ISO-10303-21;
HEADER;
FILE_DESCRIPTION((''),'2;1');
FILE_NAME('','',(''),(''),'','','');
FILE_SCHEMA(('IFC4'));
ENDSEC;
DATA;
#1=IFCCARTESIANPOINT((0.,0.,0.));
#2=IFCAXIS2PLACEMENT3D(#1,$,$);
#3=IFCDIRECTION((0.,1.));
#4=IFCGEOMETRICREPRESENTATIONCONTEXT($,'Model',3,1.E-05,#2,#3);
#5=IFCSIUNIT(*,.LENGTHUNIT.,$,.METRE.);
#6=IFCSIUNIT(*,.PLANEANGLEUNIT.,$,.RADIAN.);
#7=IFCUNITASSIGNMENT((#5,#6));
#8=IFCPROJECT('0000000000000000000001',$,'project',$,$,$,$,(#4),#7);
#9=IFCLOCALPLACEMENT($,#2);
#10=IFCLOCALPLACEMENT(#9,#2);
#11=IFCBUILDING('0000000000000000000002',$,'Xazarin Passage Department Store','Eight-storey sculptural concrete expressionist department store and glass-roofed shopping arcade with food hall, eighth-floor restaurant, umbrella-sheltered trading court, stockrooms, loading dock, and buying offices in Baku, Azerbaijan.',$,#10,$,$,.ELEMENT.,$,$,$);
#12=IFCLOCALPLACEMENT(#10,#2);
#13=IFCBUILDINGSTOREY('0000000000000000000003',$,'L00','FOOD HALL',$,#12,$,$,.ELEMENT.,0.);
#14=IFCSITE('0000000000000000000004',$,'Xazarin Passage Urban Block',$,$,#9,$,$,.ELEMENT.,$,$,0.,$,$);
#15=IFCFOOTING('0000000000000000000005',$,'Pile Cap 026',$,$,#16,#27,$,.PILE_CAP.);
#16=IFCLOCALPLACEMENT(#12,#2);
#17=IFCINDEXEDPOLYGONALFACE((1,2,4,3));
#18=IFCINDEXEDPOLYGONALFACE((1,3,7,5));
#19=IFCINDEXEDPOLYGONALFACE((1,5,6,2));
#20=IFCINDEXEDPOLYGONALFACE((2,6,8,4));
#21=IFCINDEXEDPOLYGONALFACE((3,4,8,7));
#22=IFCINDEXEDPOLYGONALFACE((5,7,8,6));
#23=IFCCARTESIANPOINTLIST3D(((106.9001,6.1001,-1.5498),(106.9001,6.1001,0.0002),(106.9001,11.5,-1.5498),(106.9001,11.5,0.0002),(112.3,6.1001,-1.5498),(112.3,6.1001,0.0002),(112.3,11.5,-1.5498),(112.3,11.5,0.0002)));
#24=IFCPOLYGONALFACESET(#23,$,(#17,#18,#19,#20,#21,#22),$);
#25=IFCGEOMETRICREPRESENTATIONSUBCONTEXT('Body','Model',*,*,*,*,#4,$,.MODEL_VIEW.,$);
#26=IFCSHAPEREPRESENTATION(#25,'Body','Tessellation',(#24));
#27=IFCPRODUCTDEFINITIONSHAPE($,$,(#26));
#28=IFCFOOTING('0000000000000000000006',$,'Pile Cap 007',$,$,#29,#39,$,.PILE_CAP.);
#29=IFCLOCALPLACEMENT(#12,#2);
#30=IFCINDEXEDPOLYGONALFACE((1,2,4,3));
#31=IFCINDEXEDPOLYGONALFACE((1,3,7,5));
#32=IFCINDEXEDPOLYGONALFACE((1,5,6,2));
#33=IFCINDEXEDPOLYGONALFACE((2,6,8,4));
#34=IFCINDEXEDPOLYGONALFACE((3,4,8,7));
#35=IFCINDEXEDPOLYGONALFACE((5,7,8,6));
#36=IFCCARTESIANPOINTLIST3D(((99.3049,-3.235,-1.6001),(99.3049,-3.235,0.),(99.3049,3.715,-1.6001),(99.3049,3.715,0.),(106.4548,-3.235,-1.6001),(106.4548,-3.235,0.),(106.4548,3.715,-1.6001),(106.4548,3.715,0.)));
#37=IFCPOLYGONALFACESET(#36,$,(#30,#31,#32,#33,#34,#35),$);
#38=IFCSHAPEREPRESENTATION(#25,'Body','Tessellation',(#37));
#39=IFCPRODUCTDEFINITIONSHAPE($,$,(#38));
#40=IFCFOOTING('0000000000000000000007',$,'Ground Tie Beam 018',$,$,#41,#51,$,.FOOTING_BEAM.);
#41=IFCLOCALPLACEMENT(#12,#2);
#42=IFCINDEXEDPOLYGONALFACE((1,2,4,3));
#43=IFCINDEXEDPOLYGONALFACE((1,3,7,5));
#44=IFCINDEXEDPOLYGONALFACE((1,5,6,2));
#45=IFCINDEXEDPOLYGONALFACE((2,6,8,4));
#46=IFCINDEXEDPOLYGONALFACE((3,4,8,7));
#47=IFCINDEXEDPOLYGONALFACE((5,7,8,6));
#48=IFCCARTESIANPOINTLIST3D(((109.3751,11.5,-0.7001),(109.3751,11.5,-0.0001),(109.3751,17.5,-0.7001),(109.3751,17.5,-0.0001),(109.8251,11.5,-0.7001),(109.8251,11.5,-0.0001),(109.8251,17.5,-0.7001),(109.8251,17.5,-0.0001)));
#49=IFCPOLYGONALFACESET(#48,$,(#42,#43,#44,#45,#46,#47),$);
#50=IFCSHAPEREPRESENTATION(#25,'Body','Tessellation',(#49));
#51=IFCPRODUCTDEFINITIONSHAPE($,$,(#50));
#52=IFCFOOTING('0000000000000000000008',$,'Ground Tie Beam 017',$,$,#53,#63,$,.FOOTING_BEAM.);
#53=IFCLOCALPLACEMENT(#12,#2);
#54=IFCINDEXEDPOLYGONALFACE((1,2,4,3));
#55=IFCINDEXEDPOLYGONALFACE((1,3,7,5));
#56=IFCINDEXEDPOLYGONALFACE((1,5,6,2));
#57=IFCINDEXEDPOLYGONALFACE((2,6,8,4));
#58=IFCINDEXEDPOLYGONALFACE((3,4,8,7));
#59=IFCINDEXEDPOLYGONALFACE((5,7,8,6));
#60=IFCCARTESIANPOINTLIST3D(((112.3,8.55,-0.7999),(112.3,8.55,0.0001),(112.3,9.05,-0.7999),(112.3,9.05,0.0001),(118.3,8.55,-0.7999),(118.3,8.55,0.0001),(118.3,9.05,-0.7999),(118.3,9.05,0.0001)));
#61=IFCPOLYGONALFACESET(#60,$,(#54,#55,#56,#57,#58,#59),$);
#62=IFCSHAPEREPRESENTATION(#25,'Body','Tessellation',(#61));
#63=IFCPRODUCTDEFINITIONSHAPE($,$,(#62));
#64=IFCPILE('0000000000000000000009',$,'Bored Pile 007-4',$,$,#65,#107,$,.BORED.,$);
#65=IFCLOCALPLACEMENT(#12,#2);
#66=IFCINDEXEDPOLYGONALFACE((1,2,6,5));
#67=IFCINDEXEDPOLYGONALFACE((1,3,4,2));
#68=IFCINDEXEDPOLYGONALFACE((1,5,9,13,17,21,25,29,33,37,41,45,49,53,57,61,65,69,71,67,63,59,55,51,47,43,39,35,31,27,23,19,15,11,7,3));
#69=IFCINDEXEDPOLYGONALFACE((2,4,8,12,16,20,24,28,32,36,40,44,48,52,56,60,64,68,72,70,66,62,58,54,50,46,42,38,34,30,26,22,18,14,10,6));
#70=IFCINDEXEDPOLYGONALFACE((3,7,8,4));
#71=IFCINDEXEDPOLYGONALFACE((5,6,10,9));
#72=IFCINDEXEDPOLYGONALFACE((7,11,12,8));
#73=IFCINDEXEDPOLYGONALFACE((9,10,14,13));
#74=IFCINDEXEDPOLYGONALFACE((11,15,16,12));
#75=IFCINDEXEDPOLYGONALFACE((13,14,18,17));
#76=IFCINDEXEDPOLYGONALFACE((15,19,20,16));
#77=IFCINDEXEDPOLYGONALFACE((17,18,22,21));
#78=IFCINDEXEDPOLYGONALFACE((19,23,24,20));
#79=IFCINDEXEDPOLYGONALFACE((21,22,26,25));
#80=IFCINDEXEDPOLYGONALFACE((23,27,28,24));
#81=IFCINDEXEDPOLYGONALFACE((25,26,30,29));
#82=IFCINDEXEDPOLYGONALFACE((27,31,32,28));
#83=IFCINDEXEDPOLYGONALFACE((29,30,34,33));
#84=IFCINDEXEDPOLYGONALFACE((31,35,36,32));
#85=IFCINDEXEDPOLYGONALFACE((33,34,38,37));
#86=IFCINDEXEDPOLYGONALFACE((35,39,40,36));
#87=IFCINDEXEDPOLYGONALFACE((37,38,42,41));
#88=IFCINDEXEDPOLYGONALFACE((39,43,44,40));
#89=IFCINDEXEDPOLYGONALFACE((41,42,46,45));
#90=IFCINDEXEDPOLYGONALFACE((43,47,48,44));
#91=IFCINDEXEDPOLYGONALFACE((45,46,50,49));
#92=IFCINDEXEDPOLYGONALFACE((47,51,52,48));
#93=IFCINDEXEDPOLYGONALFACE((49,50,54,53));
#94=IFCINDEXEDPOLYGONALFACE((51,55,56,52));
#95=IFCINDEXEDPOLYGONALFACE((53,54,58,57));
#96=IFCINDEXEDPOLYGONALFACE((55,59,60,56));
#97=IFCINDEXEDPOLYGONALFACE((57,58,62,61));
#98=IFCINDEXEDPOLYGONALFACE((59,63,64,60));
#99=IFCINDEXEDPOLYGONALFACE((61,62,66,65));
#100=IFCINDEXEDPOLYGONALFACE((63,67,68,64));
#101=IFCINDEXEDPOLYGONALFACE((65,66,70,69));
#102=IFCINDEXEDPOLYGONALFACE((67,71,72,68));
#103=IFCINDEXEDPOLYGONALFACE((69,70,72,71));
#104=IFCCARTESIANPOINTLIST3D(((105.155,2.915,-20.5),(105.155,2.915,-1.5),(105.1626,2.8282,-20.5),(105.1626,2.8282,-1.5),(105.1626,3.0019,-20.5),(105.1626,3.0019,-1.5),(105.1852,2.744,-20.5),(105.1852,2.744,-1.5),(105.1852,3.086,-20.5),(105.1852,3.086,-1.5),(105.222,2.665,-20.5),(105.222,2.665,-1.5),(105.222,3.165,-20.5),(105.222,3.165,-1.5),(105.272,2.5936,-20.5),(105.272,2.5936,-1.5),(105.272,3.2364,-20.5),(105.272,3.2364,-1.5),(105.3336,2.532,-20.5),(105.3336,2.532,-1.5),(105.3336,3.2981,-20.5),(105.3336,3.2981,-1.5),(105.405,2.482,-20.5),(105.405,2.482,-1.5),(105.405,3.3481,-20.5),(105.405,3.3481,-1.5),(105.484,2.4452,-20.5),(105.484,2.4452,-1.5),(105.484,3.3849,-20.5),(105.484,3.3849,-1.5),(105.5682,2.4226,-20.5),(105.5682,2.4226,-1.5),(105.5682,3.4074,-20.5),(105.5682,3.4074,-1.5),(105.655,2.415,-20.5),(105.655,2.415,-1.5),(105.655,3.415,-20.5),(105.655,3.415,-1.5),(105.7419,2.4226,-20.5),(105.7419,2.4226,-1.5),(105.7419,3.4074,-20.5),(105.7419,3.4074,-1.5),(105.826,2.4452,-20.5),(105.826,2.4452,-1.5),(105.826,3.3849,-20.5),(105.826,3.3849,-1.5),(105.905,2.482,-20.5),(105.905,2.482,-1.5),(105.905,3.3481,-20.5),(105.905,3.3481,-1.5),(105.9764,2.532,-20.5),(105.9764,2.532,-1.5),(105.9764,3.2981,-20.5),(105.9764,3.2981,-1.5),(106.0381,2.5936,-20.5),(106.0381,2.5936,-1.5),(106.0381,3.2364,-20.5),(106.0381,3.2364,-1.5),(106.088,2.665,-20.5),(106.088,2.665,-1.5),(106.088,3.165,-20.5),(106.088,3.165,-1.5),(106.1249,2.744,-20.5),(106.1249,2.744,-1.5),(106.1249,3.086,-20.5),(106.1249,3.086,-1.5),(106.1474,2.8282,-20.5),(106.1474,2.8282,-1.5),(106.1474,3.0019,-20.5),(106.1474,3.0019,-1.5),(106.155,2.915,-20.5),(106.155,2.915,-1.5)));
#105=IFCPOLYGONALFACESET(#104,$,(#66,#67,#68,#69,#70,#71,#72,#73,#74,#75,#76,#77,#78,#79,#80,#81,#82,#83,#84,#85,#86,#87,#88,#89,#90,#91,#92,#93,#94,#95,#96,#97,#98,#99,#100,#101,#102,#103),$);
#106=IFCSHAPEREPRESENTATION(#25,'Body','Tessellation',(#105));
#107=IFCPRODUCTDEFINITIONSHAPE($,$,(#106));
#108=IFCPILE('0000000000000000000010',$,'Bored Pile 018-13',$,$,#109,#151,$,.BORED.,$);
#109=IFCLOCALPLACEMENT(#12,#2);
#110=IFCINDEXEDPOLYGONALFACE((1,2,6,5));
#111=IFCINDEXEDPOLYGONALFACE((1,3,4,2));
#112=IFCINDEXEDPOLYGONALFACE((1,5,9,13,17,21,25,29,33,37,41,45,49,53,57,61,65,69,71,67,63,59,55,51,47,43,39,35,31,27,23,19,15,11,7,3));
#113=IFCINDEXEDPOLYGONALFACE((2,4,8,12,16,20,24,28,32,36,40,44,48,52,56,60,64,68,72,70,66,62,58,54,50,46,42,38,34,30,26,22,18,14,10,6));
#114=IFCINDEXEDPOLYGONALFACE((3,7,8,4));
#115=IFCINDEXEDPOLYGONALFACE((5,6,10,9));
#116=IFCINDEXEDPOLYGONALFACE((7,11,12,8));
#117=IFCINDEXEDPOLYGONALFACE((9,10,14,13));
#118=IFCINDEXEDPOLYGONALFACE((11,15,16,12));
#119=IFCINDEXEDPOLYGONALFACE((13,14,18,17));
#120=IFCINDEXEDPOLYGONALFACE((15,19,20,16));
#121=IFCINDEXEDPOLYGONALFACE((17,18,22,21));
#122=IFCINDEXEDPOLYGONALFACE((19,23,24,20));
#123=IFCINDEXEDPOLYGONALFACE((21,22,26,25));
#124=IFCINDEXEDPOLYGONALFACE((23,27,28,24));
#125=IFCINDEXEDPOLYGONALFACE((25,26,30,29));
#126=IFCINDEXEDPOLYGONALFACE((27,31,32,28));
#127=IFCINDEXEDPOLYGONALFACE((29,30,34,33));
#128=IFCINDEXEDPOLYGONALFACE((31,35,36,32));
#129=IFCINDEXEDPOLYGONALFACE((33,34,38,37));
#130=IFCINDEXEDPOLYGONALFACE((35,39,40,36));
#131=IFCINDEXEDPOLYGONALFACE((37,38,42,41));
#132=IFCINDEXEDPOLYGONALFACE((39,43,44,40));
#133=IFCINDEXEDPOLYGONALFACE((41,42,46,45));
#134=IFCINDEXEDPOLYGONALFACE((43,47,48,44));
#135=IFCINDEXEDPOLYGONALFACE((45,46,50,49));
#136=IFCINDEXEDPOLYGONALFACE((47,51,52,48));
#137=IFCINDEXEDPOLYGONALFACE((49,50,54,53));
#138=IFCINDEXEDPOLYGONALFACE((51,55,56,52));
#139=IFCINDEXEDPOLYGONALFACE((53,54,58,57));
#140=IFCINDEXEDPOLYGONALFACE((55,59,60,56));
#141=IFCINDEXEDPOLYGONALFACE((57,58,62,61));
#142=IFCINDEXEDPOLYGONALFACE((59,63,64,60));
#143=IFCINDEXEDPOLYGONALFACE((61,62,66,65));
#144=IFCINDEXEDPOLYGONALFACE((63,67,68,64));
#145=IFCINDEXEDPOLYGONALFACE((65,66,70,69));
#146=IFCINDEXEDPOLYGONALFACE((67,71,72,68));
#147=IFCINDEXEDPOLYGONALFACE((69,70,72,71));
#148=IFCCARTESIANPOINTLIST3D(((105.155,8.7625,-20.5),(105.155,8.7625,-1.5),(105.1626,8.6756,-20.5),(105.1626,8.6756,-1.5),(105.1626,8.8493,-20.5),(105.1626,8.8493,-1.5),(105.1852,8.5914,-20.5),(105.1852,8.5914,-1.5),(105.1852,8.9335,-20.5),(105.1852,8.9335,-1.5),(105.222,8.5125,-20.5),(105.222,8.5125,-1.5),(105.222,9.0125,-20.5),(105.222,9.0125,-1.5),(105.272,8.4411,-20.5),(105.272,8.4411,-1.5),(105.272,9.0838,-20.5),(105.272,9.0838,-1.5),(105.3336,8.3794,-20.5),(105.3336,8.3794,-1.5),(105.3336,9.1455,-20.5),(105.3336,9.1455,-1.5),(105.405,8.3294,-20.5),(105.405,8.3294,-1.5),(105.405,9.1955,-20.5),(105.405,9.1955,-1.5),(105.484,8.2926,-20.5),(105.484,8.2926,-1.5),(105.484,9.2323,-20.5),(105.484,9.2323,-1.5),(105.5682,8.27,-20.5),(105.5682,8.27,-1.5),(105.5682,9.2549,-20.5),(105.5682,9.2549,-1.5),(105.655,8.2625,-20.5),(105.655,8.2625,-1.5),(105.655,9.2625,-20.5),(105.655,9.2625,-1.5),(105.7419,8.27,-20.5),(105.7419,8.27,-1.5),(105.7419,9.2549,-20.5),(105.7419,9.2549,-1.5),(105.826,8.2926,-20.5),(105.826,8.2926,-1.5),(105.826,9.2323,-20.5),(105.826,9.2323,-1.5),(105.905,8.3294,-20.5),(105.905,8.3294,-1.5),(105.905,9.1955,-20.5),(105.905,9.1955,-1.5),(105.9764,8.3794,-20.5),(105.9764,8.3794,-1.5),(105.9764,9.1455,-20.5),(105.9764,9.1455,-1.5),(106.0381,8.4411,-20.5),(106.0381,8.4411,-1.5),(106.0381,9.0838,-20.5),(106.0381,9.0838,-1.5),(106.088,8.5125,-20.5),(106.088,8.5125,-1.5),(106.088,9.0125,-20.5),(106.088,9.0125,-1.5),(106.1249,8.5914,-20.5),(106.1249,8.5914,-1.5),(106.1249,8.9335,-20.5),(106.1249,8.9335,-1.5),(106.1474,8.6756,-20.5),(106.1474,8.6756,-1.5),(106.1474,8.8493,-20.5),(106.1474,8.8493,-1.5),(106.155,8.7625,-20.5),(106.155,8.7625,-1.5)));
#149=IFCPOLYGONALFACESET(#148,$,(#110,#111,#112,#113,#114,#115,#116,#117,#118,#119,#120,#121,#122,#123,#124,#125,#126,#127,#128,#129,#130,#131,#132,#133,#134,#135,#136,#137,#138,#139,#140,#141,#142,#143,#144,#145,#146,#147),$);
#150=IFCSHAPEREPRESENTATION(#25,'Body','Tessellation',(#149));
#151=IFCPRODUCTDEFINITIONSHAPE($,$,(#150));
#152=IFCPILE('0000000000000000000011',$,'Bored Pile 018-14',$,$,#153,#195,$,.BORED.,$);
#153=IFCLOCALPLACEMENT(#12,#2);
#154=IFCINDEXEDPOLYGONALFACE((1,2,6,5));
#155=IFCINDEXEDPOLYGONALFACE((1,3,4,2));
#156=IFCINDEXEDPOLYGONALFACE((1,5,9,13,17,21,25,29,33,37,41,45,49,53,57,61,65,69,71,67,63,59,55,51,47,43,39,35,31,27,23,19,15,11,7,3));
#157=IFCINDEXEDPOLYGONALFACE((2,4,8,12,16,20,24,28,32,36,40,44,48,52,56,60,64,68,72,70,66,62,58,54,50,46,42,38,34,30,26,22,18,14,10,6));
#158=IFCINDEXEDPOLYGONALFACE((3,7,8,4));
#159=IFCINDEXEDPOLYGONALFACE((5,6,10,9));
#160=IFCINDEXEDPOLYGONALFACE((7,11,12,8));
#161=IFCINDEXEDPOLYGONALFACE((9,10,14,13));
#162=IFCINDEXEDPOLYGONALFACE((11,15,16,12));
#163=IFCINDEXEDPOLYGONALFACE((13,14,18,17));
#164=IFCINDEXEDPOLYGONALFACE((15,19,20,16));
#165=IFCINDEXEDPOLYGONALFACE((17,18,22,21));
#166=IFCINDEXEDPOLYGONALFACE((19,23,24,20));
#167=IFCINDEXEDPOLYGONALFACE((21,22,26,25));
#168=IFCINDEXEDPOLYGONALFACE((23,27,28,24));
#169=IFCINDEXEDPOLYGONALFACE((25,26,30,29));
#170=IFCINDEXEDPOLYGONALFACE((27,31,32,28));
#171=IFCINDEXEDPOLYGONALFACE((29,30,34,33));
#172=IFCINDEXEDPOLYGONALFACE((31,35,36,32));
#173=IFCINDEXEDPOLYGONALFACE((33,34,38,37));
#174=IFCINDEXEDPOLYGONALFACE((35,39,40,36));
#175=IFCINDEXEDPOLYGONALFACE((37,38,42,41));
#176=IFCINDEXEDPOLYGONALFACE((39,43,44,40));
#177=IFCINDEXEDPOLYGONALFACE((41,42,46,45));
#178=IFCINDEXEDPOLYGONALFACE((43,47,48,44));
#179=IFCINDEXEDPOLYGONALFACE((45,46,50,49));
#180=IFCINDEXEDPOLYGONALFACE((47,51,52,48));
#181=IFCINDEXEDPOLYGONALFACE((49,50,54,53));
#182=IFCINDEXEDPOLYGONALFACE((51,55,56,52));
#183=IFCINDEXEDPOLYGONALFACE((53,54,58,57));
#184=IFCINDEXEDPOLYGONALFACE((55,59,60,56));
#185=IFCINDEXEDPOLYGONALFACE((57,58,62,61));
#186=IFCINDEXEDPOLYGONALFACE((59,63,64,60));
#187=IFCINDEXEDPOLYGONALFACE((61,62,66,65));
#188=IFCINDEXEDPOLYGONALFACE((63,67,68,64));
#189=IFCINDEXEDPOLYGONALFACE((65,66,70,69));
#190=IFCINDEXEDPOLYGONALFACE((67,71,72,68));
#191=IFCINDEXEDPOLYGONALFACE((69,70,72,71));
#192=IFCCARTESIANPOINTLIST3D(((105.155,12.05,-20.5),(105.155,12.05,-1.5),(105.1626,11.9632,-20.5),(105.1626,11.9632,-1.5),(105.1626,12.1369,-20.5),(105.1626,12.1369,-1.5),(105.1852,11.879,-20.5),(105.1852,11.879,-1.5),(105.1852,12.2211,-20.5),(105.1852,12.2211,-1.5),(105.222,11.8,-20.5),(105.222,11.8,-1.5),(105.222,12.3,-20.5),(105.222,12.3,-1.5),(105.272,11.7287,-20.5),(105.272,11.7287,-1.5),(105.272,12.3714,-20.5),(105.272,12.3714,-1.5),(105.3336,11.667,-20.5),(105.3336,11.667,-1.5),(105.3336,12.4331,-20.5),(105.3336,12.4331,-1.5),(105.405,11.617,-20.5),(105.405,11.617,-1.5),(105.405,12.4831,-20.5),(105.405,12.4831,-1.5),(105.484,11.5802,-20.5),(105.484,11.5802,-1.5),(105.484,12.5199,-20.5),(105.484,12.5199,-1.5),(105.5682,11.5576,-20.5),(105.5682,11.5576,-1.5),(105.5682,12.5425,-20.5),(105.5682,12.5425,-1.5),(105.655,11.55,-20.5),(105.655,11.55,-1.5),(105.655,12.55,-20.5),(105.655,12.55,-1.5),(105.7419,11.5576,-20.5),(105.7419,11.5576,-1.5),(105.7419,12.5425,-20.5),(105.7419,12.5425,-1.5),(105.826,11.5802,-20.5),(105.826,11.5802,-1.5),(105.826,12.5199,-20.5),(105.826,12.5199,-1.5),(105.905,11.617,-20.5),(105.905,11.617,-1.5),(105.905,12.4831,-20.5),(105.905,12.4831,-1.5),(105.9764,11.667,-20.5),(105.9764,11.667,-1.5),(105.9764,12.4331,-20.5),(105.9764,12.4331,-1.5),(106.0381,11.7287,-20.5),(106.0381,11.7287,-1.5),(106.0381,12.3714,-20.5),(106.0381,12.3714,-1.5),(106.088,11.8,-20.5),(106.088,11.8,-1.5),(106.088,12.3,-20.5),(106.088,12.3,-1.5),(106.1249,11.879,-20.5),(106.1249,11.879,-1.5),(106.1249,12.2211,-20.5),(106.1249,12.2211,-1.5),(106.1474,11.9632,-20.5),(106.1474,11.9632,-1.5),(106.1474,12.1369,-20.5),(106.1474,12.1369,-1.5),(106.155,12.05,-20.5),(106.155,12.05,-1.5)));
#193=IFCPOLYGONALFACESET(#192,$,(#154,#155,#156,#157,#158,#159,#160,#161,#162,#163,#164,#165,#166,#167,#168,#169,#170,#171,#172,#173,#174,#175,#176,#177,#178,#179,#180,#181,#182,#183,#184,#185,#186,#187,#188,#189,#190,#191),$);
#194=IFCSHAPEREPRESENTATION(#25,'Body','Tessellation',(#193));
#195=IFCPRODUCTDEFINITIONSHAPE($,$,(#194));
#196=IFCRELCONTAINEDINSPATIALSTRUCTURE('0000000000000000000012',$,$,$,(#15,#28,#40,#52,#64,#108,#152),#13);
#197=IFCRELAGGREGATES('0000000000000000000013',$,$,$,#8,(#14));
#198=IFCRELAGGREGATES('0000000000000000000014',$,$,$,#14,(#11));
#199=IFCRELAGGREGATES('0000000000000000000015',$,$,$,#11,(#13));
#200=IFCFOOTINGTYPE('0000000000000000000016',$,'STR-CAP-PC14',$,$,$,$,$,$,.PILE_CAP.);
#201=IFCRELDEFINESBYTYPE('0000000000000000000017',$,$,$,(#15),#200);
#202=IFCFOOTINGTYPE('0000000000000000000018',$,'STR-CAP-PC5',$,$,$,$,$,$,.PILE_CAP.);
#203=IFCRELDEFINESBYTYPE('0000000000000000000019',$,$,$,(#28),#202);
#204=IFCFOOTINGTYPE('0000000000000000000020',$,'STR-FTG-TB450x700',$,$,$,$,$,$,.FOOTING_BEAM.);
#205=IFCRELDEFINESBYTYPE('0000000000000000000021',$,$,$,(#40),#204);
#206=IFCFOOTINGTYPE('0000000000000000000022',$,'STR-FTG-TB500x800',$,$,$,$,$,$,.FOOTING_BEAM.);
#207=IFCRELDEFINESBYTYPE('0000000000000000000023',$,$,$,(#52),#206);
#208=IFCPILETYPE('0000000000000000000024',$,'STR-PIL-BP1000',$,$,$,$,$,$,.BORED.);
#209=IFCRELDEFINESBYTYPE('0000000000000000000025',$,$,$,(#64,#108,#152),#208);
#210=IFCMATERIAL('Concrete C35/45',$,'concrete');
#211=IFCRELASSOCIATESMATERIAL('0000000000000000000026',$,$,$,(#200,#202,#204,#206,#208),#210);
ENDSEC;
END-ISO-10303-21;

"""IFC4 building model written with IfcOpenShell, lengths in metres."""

from ifc_helpers import new_model, si_unit, direction, frame, origin, origin_2d, place, context, subcontext, project, spatial, rectangle, circle, extrude, material, material_profile, profile_set, type_object, element, save


model = new_model("IFC4")

# Units and contexts
model_context = context("Model", 3, precision=1e-05, world=origin(), true_north=direction((0.0, 1.0)))
body_context = subcontext(model_context, "Body", "Model", "MODEL_VIEW")
ifc_project = project(units=[si_unit("LENGTHUNIT", "METRE"), si_unit("PLANEANGLEUNIT", "RADIAN")], contexts=[model_context])

# Site, building, storey
site_placement = place(None, origin())
site = spatial("IfcSite", under=ifc_project, at=site_placement, Name="Xazarin Passage Urban Block", CompositionType="ELEMENT", RefElevation=0.0)
building_placement = place(site_placement, origin())
building = spatial("IfcBuilding", under=site, at=building_placement, Name="Xazarin Passage Department Store", Description="Eight-storey sculptural concrete expressionist department store and glass-roofed shopping arcade with food hall, eighth-floor restaurant, umbrella-sheltered trading court, stockrooms, loading dock, and buying offices in Baku, Azerbaijan.", CompositionType="ELEMENT")
storey_placement = place(building_placement, origin())
storey = spatial("IfcBuildingStorey", under=building, at=storey_placement, Name="L00", Description="FOOD HALL", CompositionType="ELEMENT", Elevation=0.0)

# Footings
ifc_material_1 = material(Name="Concrete C35/45", Category="concrete")
footing_type_1 = type_object("IfcFootingType", Name="STR-CAP-PC14", PredefinedType="PILE_CAP", material=ifc_material_1)
footing_1_placement = place(storey_placement, frame((109.6001, 8.8, -1.5498), z_axis=(0.0, 0.0, 1.0), x_axis=(1.0, 0.0, 0.0)))
element("IfcFooting", 1, at=footing_1_placement, inside=storey, type_object=footing_type_1, Name="Pile Cap 026", PredefinedType="PILE_CAP", context=body_context, shape_type="SweptSolid", body=[
    extrude(rectangle(XDim=5.3999, YDim=5.3999, at=origin_2d()), origin(), (0.0, 0.0, 1.0), 1.55),
])
footing_type_2 = type_object("IfcFootingType", Name="STR-CAP-PC5", PredefinedType="PILE_CAP", material=ifc_material_1)
footing_2_placement = place(storey_placement, frame((102.8799, 0.24, -1.6001), z_axis=(0.0, 0.0, 1.0), x_axis=(1.0, 0.0, 0.0)))
element("IfcFooting", 2, at=footing_2_placement, inside=storey, type_object=footing_type_2, Name="Pile Cap 007", PredefinedType="PILE_CAP", context=body_context, shape_type="SweptSolid", body=[
    extrude(rectangle(XDim=7.1499, YDim=6.95, at=origin_2d()), origin(), (0.0, 0.0, 1.0), 1.6001),
])
ifc_material_profile_1 = material_profile(ifc_material_1, rectangle(XDim=0.45, YDim=0.7, at=origin_2d()), Name="RC 450x700")
ifc_profile_set_1 = profile_set([ifc_material_profile_1], Name="Concrete C35/45")
footing_type_3 = type_object("IfcFootingType", Name="STR-FTG-TB450x700", PredefinedType="FOOTING_BEAM", material=ifc_profile_set_1)
footing_3_placement = place(storey_placement, frame((109.6001, 11.5, -0.3501), z_axis=(0.0, 1.0, 0.0), x_axis=(-1.0, 0.0, 0.0)))
element("IfcFooting", 3, at=footing_3_placement, inside=storey, type_object=footing_type_3, Name="Ground Tie Beam 018", PredefinedType="FOOTING_BEAM", context=body_context, shape_type="SweptSolid", body=[
    extrude(rectangle(XDim=0.45, YDim=0.7, at=origin_2d()), origin(), (0.0, 0.0, 1.0), 6.0),
])
ifc_material_profile_2 = material_profile(ifc_material_1, rectangle(XDim=0.5, YDim=0.8, at=origin_2d()), Name="RC 500x800")
ifc_profile_set_2 = profile_set([ifc_material_profile_2], Name="Concrete C35/45")
footing_type_4 = type_object("IfcFootingType", Name="STR-FTG-TB500x800", PredefinedType="FOOTING_BEAM", material=ifc_profile_set_2)
footing_4_placement = place(storey_placement, frame((112.3, 8.8, -0.3999), z_axis=(1.0, 0.0, 0.0), x_axis=(0.0, 1.0, 0.0)))
element("IfcFooting", 4, at=footing_4_placement, inside=storey, type_object=footing_type_4, Name="Ground Tie Beam 017", PredefinedType="FOOTING_BEAM", context=body_context, shape_type="SweptSolid", body=[
    extrude(rectangle(XDim=0.5, YDim=0.8, at=origin_2d()), origin(), (0.0, 0.0, 1.0), 6.0),
])

# Piles
ifc_material_profile_3 = material_profile(ifc_material_1, circle(Radius=0.5, at=origin_2d()), Name="BP 1000")
ifc_profile_set_3 = profile_set([ifc_material_profile_3], Name="Concrete C35/45")
pile_type_1 = type_object("IfcPileType", Name="STR-PIL-BP1000", PredefinedType="BORED", material=ifc_profile_set_3)
for number, where, z_axis, x_axis, name in (
    (5, (105.655, 2.915, -1.5), (0.0, 0.0, -1.0), (1.0, 0.0, 0.0), "Bored Pile 007-4"),
    (6, (105.655, 8.7625, -1.5), (0.0, 0.0, -1.0), (1.0, 0.0, 0.0), "Bored Pile 018-13"),
    (7, (105.655, 12.05, -1.5), (0.0, 0.0, -1.0), (1.0, 0.0, 0.0), "Bored Pile 018-14"),
):
    element("IfcPile", number, at=place(storey_placement, frame(where, z_axis=z_axis, x_axis=x_axis)), inside=storey, type_object=pile_type_1, Name=name, PredefinedType="BORED", context=body_context, shape_type="SweptSolid", body=[
        extrude(circle(Radius=0.5, at=origin_2d()), origin(), (0.0, 0.0, 1.0), 19.0),
    ])

save(model, "model.ifc")
